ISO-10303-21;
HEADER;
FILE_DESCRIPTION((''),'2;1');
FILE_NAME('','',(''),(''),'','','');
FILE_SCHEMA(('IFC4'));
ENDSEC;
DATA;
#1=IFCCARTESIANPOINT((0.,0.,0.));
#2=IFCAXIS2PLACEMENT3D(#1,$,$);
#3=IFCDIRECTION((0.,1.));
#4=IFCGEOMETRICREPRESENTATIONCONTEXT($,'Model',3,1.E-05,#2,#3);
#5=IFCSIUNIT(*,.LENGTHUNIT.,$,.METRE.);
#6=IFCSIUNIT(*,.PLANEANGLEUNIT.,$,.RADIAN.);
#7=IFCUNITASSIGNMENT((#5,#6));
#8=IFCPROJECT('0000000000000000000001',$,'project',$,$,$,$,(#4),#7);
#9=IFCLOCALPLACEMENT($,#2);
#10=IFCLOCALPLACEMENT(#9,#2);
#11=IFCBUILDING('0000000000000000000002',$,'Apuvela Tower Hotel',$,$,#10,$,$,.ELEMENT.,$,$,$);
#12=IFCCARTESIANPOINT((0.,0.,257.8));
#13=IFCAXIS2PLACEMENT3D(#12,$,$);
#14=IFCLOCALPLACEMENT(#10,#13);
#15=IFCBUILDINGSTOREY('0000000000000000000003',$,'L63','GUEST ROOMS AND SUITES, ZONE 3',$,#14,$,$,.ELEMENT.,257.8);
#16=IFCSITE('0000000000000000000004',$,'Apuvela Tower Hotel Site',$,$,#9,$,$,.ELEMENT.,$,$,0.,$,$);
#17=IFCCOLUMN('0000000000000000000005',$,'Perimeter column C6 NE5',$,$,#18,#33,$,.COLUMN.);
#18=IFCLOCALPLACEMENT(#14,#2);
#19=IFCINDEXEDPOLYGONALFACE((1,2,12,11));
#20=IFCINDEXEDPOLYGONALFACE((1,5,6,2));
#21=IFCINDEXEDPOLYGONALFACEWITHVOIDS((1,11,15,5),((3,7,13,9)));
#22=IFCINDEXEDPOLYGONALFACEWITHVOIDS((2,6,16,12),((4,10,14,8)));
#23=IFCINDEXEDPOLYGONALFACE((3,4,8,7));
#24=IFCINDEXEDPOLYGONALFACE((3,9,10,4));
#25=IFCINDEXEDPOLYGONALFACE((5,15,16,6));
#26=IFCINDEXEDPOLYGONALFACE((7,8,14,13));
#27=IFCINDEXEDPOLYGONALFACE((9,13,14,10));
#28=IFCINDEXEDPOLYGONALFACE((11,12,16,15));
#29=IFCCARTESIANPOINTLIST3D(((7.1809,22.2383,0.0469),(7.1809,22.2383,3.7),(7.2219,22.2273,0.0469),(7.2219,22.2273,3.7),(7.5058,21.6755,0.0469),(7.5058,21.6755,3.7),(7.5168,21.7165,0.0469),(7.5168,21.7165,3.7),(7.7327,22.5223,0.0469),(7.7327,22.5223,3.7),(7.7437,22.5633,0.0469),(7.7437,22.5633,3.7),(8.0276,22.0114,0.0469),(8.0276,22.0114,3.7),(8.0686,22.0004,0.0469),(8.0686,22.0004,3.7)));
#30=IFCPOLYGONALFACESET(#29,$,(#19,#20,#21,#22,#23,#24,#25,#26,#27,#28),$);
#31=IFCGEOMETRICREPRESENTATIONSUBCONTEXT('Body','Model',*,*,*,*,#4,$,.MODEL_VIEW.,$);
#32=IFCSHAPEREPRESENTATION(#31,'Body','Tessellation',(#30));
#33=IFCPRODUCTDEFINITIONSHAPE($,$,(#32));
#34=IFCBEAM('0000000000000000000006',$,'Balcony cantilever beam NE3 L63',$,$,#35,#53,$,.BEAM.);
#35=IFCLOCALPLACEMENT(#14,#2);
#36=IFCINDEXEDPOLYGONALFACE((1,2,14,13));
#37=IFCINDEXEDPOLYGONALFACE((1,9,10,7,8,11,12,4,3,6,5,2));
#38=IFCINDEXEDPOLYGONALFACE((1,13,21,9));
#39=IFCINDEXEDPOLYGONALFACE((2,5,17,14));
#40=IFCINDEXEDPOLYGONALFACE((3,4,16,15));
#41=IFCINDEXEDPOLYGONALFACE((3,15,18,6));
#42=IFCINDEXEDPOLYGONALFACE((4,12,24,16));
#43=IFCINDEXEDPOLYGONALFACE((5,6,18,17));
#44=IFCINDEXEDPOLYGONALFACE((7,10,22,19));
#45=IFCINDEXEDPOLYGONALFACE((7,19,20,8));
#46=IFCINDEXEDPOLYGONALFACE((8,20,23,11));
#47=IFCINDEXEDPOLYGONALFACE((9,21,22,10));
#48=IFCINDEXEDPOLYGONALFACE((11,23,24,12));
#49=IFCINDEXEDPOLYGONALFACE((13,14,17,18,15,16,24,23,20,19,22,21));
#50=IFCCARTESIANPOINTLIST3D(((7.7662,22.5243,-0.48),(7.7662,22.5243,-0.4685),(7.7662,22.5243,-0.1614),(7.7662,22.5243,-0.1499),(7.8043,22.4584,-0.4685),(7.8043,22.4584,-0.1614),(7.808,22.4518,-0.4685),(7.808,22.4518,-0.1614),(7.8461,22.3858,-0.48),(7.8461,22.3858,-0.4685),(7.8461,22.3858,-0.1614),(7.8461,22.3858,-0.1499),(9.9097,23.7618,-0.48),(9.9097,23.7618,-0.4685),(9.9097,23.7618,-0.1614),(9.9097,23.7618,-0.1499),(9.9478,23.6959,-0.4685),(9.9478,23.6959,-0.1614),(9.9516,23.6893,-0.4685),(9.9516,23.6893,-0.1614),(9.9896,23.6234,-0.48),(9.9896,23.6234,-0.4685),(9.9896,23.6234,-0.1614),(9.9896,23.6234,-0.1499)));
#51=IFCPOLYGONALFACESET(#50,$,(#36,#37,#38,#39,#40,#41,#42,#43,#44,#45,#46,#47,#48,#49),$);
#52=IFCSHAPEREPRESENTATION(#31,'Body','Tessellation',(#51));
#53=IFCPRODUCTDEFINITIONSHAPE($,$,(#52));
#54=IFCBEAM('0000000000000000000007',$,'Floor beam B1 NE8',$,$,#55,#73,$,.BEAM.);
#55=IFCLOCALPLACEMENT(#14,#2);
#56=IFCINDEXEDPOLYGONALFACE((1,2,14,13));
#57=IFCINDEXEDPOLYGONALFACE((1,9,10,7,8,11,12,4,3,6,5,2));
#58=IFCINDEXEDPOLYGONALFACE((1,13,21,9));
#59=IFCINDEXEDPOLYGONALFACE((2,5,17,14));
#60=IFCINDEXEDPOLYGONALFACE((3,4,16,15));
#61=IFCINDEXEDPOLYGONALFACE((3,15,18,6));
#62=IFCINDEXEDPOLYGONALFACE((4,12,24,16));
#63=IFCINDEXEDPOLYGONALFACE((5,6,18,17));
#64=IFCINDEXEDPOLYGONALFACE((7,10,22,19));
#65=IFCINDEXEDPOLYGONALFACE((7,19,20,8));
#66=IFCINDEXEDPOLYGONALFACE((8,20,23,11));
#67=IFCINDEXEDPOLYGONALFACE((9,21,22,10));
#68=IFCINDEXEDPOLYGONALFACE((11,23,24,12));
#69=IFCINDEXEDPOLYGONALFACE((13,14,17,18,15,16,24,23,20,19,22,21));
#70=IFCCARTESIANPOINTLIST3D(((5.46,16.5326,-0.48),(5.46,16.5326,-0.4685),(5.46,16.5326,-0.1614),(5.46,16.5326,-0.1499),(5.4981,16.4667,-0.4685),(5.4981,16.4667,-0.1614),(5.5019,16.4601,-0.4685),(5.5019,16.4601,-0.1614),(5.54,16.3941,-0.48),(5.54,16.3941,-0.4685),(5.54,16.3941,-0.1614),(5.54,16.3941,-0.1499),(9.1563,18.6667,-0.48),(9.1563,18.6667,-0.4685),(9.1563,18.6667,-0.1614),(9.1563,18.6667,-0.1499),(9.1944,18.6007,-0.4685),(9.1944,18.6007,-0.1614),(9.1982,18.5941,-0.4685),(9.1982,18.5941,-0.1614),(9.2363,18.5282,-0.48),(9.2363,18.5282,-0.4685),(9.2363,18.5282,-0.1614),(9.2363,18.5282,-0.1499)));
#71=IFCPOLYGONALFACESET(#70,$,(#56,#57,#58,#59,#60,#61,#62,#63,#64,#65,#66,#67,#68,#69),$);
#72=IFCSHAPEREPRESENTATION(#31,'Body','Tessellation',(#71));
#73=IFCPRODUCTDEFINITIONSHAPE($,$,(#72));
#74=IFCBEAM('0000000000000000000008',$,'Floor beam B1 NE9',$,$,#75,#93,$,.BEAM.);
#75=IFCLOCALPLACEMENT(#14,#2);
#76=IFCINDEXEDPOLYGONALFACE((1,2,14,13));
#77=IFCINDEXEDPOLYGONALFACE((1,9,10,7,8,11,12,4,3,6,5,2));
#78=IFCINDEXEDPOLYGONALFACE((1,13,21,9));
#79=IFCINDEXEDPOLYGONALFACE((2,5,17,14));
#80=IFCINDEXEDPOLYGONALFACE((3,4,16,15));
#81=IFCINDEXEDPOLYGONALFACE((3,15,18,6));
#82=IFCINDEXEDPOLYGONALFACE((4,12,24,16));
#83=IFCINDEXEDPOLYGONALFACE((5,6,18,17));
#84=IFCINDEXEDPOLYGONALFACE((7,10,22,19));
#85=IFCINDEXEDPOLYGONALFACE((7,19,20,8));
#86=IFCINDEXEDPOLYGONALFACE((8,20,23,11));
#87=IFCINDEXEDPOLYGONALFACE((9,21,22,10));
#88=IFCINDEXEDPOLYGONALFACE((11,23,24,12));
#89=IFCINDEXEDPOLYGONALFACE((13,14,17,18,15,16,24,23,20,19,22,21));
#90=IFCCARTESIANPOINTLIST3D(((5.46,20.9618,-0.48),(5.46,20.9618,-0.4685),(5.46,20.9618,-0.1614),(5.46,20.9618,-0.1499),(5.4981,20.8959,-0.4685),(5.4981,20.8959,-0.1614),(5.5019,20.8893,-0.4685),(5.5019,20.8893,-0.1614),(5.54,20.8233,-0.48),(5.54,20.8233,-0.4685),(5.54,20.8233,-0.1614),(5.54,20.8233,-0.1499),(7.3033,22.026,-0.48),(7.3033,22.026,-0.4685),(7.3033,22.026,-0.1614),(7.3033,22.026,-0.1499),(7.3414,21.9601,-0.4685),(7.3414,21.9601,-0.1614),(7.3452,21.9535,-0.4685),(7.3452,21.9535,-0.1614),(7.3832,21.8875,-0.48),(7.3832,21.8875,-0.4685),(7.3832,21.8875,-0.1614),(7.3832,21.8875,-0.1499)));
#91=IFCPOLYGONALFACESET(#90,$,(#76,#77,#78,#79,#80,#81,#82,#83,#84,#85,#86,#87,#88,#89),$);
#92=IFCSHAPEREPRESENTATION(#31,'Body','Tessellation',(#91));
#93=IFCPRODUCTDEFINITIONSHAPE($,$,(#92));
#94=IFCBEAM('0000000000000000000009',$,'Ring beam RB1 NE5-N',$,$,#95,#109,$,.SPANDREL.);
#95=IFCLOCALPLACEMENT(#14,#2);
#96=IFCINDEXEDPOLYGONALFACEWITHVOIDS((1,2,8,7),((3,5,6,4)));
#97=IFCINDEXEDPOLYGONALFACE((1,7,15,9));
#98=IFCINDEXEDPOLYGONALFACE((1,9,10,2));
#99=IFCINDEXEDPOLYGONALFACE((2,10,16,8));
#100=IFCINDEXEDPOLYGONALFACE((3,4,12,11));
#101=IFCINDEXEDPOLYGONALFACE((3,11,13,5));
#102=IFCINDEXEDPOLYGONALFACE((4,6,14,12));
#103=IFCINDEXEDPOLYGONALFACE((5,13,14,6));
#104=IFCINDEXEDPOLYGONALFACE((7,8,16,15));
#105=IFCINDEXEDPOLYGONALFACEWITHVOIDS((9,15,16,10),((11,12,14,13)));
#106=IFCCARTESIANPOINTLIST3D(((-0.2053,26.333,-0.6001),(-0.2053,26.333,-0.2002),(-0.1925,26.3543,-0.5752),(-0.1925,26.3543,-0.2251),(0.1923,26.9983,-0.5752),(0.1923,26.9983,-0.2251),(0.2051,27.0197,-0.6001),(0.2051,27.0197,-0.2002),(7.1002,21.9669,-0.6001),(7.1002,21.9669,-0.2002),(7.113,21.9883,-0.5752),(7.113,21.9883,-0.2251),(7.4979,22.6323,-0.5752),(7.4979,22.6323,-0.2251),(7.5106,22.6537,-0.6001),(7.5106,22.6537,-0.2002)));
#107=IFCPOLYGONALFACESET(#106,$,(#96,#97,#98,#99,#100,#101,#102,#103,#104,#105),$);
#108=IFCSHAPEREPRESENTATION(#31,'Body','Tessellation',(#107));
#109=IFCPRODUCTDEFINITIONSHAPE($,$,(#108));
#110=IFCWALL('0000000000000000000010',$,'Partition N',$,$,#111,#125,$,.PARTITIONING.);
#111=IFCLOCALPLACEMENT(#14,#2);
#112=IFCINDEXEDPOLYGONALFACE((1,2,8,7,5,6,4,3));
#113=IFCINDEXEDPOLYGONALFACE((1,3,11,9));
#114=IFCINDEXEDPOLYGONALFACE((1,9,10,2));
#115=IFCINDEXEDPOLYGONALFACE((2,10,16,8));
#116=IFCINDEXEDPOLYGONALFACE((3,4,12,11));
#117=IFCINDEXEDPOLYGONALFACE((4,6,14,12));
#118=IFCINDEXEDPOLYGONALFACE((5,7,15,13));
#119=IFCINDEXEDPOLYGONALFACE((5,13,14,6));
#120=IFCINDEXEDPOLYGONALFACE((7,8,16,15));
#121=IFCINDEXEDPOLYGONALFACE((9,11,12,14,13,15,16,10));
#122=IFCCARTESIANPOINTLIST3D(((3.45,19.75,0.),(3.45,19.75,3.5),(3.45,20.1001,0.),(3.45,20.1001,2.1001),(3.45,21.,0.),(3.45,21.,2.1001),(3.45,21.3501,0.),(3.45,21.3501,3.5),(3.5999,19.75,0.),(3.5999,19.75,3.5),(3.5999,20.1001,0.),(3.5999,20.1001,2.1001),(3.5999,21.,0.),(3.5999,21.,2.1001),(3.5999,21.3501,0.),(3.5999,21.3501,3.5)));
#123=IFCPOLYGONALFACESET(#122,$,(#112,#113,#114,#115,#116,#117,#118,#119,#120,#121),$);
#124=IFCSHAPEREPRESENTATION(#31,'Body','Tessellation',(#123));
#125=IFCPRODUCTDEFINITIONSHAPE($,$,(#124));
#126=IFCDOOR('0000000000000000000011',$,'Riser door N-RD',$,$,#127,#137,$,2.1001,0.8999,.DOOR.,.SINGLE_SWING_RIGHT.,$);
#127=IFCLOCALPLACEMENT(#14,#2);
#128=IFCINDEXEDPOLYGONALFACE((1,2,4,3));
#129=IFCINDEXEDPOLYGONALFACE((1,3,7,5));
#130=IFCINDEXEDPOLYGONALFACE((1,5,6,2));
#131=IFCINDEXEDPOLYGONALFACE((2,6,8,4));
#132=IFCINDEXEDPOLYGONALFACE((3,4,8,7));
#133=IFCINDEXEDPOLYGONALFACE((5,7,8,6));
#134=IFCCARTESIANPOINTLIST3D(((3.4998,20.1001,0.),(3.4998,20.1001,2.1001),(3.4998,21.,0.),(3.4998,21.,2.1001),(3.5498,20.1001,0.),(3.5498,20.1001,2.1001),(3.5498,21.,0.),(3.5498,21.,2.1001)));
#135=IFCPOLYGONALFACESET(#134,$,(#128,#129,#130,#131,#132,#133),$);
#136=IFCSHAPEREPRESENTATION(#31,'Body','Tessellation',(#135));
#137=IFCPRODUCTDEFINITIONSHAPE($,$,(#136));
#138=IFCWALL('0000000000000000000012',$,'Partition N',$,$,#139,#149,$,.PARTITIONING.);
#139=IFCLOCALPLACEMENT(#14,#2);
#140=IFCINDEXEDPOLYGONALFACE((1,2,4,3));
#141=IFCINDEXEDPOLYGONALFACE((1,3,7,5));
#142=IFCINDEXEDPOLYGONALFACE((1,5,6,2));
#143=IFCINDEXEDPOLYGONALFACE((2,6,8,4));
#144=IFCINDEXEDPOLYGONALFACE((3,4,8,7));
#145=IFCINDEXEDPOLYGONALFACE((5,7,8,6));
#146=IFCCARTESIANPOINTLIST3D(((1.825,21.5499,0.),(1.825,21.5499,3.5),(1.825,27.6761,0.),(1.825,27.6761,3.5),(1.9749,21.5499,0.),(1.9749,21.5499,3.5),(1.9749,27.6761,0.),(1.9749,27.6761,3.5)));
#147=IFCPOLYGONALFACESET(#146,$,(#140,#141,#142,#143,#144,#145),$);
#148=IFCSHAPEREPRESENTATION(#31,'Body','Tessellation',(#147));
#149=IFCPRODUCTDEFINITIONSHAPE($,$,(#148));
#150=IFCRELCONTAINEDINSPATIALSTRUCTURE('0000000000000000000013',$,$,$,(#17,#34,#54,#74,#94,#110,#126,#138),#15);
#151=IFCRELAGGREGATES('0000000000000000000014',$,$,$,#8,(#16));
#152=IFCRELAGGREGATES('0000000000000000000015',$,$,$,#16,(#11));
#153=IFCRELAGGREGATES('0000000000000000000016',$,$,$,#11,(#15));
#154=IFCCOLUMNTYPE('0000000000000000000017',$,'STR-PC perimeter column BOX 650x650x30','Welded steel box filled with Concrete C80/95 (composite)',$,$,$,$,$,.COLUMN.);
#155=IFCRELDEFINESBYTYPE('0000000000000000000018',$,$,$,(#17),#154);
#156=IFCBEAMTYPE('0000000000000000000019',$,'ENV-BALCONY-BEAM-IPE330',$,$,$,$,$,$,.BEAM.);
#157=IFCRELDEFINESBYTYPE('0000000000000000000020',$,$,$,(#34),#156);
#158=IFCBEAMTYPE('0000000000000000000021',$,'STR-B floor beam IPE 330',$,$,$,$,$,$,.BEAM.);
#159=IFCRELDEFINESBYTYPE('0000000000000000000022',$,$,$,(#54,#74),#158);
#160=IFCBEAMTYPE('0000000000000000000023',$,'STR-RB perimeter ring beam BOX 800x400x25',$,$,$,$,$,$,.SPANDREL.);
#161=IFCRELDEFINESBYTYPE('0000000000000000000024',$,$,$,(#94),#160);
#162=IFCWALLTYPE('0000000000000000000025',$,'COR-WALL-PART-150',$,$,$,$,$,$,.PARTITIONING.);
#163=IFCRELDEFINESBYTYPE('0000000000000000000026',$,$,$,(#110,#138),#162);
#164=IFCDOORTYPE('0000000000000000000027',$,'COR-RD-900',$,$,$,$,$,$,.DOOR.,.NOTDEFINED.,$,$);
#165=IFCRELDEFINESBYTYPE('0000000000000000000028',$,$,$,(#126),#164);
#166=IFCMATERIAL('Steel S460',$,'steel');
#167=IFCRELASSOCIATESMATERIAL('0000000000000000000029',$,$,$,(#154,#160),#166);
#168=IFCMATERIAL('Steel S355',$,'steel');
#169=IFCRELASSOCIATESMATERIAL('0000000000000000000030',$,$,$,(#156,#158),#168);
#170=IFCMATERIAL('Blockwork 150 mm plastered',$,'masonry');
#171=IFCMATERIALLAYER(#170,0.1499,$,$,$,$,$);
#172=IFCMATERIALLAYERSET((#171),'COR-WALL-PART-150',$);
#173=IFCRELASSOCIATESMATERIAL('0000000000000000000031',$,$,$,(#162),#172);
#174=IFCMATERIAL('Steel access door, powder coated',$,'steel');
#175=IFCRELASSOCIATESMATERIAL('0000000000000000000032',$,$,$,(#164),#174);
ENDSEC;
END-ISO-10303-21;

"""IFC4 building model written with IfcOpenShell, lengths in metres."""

from ifc_helpers import new_model, si_unit, direction, frame, frame_2d, origin, origin_2d, place, context, subcontext, project, spatial, rectangle, hollow_rectangle, i_section, extrude, boolean, halfspace, material, layer, layer_set, material_profile, profile_set, type_object, element, fill, save


model = new_model("IFC4")

# Units and contexts
model_context = context("Model", 3, precision=1e-05, world=origin(), true_north=direction((0.0, 1.0)))
body_context = subcontext(model_context, "Body", "Model", "MODEL_VIEW")
ifc_project = project(units=[si_unit("LENGTHUNIT", "METRE"), si_unit("PLANEANGLEUNIT", "RADIAN")], contexts=[model_context])

# Site, building, storey
site_placement = place(None, origin())
site = spatial("IfcSite", under=ifc_project, at=site_placement, Name="Apuvela Tower Hotel Site", CompositionType="ELEMENT", RefElevation=0.0)
building_placement = place(site_placement, origin())
building = spatial("IfcBuilding", under=site, at=building_placement, Name="Apuvela Tower Hotel", CompositionType="ELEMENT")
storey_placement = place(building_placement, frame((0.0, 0.0, 257.8)))
storey = spatial("IfcBuildingStorey", under=building, at=storey_placement, Name="L63", Description="GUEST ROOMS AND SUITES, ZONE 3", CompositionType="ELEMENT", Elevation=257.8)

# Column
ifc_material_1 = material(Name="Steel S460", Category="steel")
ifc_material_profile_1 = material_profile(ifc_material_1, hollow_rectangle(XDim=0.6499, YDim=0.6499, WallThickness=0.03, at=origin_2d()), Name="BOX 650x650x30")
ifc_material_2 = material(Name="Concrete C80/95", Category="concrete")
ifc_material_profile_2 = material_profile(ifc_material_2, rectangle(XDim=0.5901, YDim=0.5901, at=origin_2d()), Name="Concrete C80/95 infill")
ifc_profile_set_1 = profile_set([ifc_material_profile_1, ifc_material_profile_2], Name="Steel S460")
column_type = type_object("IfcColumnType", Name="STR-PC perimeter column BOX 650x650x30", Description="Welded steel box filled with Concrete C80/95 (composite)", PredefinedType="COLUMN", material=ifc_profile_set_1)
column_placement = place(storey_placement, frame((7.6248, 22.1194, 0.0), z_axis=(0.0, 0.0, 1.0), x_axis=(-0.5, 0.866025, 0.0)))
element("IfcColumn", 1, at=column_placement, inside=storey, type_object=column_type, Name="Perimeter column C6 NE5", PredefinedType="COLUMN", context=body_context, shape_type="SweptSolid", body=[
    boolean("DIFFERENCE", extrude(hollow_rectangle(XDim=0.6499, YDim=0.6499, WallThickness=0.03, at=origin_2d()), origin(), (0.0, 0.0, 1.0), 3.7), halfspace(frame((0.0, 0.0, 0.0469), z_axis=(0.0, 0.0, 1.0), x_axis=(1.0, 0.0, 0.0)), True)),
])

# Beams
ifc_material_3 = material(Name="Steel S355", Category="steel")
ifc_material_profile_3 = material_profile(ifc_material_3, i_section(OverallWidth=0.1599, OverallDepth=0.3301, WebThickness=0.0076, FlangeThickness=0.0115, at=origin_2d()), Name="IPE 330")
ifc_profile_set_2 = profile_set([ifc_material_profile_3], Name="Steel S355")
beam_type_1 = type_object("IfcBeamType", Name="ENV-BALCONY-BEAM-IPE330", PredefinedType="BEAM", material=ifc_profile_set_2)
beam_1_placement = place(storey_placement, frame((7.8062, 22.4551, -0.3149), z_axis=(0.866031, 0.49999, 0.0), x_axis=(-0.49999, 0.866031, 0.0)))
element("IfcBeam", 2, at=beam_1_placement, inside=storey, type_object=beam_type_1, Name="Balcony cantilever beam NE3 L63", PredefinedType="BEAM", context=body_context, shape_type="SweptSolid", body=[
    extrude(i_section(OverallWidth=0.1599, OverallDepth=0.3301, WebThickness=0.0076, FlangeThickness=0.0115, at=origin_2d()), origin(), (0.0, 0.0, 1.0), 2.4751),
])
ifc_material_profile_4 = material_profile(ifc_material_3, i_section(OverallWidth=0.1599, OverallDepth=0.3301, WebThickness=0.0076, FlangeThickness=0.0115, at=origin_2d()), Name="IPE 330")
ifc_profile_set_3 = profile_set([ifc_material_profile_4], Name="Steel S355")
beam_type_2 = type_object("IfcBeamType", Name="STR-B floor beam IPE 330", PredefinedType="BEAM", material=ifc_profile_set_3)
beam_2_placement = place(storey_placement, frame((9.1963, 18.5974, -0.3149), z_axis=(-0.866027, -0.499996, 0.0), x_axis=(0.499996, -0.866027, 0.0)))
element("IfcBeam", 3, at=beam_2_placement, inside=storey, type_object=beam_type_2, Name="Floor beam B1 NE8", PredefinedType="BEAM", context=body_context, shape_type="SweptSolid", body=[
    extrude(i_section(OverallWidth=0.1599, OverallDepth=0.3301, WebThickness=0.0076, FlangeThickness=0.0115, at=origin_2d()), origin(), (0.0, 0.0, 1.0), 4.2681),
])
beam_3_placement = place(storey_placement, frame((7.3433, 21.9568, -0.3149), z_axis=(-0.866025, -0.5, 0.0), x_axis=(0.5, -0.866025, 0.0)))
element("IfcBeam", 4, at=beam_3_placement, inside=storey, type_object=beam_type_2, Name="Floor beam B1 NE9", PredefinedType="BEAM", context=body_context, shape_type="SweptSolid", body=[
    extrude(i_section(OverallWidth=0.1599, OverallDepth=0.3301, WebThickness=0.0076, FlangeThickness=0.0115, at=origin_2d()), origin(), (0.0, 0.0, 1.0), 2.1284),
])
ifc_material_profile_5 = material_profile(ifc_material_1, hollow_rectangle(XDim=0.8, YDim=0.3999, WallThickness=0.0249, at=origin_2d()), Name="BOX 800x400x25")
ifc_profile_set_4 = profile_set([ifc_material_profile_5], Name="Steel S460")
beam_type_3 = type_object("IfcBeamType", Name="STR-RB perimeter ring beam BOX 800x400x25", PredefinedType="SPANDREL", material=ifc_profile_set_4)
beam_4_placement = place(storey_placement, frame((7.3054, 22.3103, -0.4001), z_axis=(-0.858388, 0.513002, 0.0), x_axis=(-0.513002, -0.858388, 0.0)))
element("IfcBeam", 5, at=beam_4_placement, inside=storey, type_object=beam_type_3, Name="Ring beam RB1 NE5-N", PredefinedType="SPANDREL", context=body_context, shape_type="SweptSolid", body=[
    extrude(hollow_rectangle(XDim=0.8, YDim=0.3999, WallThickness=0.0249, at=origin_2d()), origin(), (0.0, 0.0, 1.0), 8.5107),
])

# Wall, opening, door
ifc_material_4 = material(Name="Blockwork 150 mm plastered", Category="masonry")
ifc_layer_1 = layer(ifc_material_4, 0.1499)
ifc_layer_set_1 = layer_set([ifc_layer_1], Name="COR-WALL-PART-150")
wall_type_1 = type_object("IfcWallType", Name="COR-WALL-PART-150", PredefinedType="PARTITIONING", material=ifc_layer_set_1)
wall_1_placement = place(storey_placement, frame((3.5249, 19.75, 0.0), z_axis=(0.0, 0.0, 1.0), x_axis=(0.0, 1.0, 0.0)))
wall_1 = element("IfcWall", 6, at=wall_1_placement, inside=storey, type_object=wall_type_1, Name="Partition N", PredefinedType="PARTITIONING", context=body_context, shape_type="SweptSolid", body=[
    extrude(rectangle(XDim=1.6001, YDim=0.1499, at=frame_2d((0.8, 0.0))), origin(), (0.0, 0.0, 1.0), 3.5),
])
opening_1_placement = place(wall_1_placement, frame((0.3501, 0.0, 0.0)))
opening_1 = element("IfcOpeningElement", 7, at=opening_1_placement, cuts=wall_1, PredefinedType="OPENING", context=body_context, shape_type="SweptSolid", body=[
    extrude(rectangle(XDim=0.8999, YDim=2.1001, at=frame_2d((0.45, 1.05))), frame((0.0, 0.085, 0.0), z_axis=(0.0, -1.0, 0.0), x_axis=(1.0, 0.0, 0.0)), (0.0, 0.0, 1.0), 0.1699),
])
ifc_material_5 = material(Name="Steel access door, powder coated", Category="steel")
door_type_1 = type_object("IfcDoorType", Name="COR-RD-900", OperationType="NOTDEFINED", PredefinedType="DOOR", material=ifc_material_5)
door_1_placement = place(opening_1_placement, frame((0.8999, 0.0, 0.0), z_axis=(0.0, 0.0, 1.0), x_axis=(-1.0, 0.0, 0.0)))
door_1 = element("IfcDoor", 8, at=door_1_placement, inside=storey, type_object=door_type_1, Name="Riser door N-RD", OperationType="SINGLE_SWING_RIGHT", OverallHeight=2.1001, OverallWidth=0.8999, PredefinedType="DOOR", context=body_context, shape_type="SweptSolid", body=[
    extrude(rectangle(XDim=0.8999, YDim=2.1001, at=frame_2d((0.45, 1.05))), frame((0.0, 0.0249, 0.0), z_axis=(0.0, -1.0, 0.0), x_axis=(1.0, 0.0, 0.0)), (0.0, 0.0, 1.0), 0.05),
])
fill(opening_1, door_1)

# Wall
wall_2_placement = place(storey_placement, frame((1.8999, 21.55, 0.0), z_axis=(0.0, 0.0, 1.0), x_axis=(0.0, 1.0, 0.0)))
element("IfcWall", 9, at=wall_2_placement, inside=storey, type_object=wall_type_1, Name="Partition N", PredefinedType="PARTITIONING", context=body_context, shape_type="SweptSolid", body=[
    extrude(rectangle(XDim=6.1262, YDim=0.1499, at=frame_2d((3.063, 0.0))), origin(), (0.0, 0.0, 1.0), 3.5),
])

save(model, "model.ifc")
